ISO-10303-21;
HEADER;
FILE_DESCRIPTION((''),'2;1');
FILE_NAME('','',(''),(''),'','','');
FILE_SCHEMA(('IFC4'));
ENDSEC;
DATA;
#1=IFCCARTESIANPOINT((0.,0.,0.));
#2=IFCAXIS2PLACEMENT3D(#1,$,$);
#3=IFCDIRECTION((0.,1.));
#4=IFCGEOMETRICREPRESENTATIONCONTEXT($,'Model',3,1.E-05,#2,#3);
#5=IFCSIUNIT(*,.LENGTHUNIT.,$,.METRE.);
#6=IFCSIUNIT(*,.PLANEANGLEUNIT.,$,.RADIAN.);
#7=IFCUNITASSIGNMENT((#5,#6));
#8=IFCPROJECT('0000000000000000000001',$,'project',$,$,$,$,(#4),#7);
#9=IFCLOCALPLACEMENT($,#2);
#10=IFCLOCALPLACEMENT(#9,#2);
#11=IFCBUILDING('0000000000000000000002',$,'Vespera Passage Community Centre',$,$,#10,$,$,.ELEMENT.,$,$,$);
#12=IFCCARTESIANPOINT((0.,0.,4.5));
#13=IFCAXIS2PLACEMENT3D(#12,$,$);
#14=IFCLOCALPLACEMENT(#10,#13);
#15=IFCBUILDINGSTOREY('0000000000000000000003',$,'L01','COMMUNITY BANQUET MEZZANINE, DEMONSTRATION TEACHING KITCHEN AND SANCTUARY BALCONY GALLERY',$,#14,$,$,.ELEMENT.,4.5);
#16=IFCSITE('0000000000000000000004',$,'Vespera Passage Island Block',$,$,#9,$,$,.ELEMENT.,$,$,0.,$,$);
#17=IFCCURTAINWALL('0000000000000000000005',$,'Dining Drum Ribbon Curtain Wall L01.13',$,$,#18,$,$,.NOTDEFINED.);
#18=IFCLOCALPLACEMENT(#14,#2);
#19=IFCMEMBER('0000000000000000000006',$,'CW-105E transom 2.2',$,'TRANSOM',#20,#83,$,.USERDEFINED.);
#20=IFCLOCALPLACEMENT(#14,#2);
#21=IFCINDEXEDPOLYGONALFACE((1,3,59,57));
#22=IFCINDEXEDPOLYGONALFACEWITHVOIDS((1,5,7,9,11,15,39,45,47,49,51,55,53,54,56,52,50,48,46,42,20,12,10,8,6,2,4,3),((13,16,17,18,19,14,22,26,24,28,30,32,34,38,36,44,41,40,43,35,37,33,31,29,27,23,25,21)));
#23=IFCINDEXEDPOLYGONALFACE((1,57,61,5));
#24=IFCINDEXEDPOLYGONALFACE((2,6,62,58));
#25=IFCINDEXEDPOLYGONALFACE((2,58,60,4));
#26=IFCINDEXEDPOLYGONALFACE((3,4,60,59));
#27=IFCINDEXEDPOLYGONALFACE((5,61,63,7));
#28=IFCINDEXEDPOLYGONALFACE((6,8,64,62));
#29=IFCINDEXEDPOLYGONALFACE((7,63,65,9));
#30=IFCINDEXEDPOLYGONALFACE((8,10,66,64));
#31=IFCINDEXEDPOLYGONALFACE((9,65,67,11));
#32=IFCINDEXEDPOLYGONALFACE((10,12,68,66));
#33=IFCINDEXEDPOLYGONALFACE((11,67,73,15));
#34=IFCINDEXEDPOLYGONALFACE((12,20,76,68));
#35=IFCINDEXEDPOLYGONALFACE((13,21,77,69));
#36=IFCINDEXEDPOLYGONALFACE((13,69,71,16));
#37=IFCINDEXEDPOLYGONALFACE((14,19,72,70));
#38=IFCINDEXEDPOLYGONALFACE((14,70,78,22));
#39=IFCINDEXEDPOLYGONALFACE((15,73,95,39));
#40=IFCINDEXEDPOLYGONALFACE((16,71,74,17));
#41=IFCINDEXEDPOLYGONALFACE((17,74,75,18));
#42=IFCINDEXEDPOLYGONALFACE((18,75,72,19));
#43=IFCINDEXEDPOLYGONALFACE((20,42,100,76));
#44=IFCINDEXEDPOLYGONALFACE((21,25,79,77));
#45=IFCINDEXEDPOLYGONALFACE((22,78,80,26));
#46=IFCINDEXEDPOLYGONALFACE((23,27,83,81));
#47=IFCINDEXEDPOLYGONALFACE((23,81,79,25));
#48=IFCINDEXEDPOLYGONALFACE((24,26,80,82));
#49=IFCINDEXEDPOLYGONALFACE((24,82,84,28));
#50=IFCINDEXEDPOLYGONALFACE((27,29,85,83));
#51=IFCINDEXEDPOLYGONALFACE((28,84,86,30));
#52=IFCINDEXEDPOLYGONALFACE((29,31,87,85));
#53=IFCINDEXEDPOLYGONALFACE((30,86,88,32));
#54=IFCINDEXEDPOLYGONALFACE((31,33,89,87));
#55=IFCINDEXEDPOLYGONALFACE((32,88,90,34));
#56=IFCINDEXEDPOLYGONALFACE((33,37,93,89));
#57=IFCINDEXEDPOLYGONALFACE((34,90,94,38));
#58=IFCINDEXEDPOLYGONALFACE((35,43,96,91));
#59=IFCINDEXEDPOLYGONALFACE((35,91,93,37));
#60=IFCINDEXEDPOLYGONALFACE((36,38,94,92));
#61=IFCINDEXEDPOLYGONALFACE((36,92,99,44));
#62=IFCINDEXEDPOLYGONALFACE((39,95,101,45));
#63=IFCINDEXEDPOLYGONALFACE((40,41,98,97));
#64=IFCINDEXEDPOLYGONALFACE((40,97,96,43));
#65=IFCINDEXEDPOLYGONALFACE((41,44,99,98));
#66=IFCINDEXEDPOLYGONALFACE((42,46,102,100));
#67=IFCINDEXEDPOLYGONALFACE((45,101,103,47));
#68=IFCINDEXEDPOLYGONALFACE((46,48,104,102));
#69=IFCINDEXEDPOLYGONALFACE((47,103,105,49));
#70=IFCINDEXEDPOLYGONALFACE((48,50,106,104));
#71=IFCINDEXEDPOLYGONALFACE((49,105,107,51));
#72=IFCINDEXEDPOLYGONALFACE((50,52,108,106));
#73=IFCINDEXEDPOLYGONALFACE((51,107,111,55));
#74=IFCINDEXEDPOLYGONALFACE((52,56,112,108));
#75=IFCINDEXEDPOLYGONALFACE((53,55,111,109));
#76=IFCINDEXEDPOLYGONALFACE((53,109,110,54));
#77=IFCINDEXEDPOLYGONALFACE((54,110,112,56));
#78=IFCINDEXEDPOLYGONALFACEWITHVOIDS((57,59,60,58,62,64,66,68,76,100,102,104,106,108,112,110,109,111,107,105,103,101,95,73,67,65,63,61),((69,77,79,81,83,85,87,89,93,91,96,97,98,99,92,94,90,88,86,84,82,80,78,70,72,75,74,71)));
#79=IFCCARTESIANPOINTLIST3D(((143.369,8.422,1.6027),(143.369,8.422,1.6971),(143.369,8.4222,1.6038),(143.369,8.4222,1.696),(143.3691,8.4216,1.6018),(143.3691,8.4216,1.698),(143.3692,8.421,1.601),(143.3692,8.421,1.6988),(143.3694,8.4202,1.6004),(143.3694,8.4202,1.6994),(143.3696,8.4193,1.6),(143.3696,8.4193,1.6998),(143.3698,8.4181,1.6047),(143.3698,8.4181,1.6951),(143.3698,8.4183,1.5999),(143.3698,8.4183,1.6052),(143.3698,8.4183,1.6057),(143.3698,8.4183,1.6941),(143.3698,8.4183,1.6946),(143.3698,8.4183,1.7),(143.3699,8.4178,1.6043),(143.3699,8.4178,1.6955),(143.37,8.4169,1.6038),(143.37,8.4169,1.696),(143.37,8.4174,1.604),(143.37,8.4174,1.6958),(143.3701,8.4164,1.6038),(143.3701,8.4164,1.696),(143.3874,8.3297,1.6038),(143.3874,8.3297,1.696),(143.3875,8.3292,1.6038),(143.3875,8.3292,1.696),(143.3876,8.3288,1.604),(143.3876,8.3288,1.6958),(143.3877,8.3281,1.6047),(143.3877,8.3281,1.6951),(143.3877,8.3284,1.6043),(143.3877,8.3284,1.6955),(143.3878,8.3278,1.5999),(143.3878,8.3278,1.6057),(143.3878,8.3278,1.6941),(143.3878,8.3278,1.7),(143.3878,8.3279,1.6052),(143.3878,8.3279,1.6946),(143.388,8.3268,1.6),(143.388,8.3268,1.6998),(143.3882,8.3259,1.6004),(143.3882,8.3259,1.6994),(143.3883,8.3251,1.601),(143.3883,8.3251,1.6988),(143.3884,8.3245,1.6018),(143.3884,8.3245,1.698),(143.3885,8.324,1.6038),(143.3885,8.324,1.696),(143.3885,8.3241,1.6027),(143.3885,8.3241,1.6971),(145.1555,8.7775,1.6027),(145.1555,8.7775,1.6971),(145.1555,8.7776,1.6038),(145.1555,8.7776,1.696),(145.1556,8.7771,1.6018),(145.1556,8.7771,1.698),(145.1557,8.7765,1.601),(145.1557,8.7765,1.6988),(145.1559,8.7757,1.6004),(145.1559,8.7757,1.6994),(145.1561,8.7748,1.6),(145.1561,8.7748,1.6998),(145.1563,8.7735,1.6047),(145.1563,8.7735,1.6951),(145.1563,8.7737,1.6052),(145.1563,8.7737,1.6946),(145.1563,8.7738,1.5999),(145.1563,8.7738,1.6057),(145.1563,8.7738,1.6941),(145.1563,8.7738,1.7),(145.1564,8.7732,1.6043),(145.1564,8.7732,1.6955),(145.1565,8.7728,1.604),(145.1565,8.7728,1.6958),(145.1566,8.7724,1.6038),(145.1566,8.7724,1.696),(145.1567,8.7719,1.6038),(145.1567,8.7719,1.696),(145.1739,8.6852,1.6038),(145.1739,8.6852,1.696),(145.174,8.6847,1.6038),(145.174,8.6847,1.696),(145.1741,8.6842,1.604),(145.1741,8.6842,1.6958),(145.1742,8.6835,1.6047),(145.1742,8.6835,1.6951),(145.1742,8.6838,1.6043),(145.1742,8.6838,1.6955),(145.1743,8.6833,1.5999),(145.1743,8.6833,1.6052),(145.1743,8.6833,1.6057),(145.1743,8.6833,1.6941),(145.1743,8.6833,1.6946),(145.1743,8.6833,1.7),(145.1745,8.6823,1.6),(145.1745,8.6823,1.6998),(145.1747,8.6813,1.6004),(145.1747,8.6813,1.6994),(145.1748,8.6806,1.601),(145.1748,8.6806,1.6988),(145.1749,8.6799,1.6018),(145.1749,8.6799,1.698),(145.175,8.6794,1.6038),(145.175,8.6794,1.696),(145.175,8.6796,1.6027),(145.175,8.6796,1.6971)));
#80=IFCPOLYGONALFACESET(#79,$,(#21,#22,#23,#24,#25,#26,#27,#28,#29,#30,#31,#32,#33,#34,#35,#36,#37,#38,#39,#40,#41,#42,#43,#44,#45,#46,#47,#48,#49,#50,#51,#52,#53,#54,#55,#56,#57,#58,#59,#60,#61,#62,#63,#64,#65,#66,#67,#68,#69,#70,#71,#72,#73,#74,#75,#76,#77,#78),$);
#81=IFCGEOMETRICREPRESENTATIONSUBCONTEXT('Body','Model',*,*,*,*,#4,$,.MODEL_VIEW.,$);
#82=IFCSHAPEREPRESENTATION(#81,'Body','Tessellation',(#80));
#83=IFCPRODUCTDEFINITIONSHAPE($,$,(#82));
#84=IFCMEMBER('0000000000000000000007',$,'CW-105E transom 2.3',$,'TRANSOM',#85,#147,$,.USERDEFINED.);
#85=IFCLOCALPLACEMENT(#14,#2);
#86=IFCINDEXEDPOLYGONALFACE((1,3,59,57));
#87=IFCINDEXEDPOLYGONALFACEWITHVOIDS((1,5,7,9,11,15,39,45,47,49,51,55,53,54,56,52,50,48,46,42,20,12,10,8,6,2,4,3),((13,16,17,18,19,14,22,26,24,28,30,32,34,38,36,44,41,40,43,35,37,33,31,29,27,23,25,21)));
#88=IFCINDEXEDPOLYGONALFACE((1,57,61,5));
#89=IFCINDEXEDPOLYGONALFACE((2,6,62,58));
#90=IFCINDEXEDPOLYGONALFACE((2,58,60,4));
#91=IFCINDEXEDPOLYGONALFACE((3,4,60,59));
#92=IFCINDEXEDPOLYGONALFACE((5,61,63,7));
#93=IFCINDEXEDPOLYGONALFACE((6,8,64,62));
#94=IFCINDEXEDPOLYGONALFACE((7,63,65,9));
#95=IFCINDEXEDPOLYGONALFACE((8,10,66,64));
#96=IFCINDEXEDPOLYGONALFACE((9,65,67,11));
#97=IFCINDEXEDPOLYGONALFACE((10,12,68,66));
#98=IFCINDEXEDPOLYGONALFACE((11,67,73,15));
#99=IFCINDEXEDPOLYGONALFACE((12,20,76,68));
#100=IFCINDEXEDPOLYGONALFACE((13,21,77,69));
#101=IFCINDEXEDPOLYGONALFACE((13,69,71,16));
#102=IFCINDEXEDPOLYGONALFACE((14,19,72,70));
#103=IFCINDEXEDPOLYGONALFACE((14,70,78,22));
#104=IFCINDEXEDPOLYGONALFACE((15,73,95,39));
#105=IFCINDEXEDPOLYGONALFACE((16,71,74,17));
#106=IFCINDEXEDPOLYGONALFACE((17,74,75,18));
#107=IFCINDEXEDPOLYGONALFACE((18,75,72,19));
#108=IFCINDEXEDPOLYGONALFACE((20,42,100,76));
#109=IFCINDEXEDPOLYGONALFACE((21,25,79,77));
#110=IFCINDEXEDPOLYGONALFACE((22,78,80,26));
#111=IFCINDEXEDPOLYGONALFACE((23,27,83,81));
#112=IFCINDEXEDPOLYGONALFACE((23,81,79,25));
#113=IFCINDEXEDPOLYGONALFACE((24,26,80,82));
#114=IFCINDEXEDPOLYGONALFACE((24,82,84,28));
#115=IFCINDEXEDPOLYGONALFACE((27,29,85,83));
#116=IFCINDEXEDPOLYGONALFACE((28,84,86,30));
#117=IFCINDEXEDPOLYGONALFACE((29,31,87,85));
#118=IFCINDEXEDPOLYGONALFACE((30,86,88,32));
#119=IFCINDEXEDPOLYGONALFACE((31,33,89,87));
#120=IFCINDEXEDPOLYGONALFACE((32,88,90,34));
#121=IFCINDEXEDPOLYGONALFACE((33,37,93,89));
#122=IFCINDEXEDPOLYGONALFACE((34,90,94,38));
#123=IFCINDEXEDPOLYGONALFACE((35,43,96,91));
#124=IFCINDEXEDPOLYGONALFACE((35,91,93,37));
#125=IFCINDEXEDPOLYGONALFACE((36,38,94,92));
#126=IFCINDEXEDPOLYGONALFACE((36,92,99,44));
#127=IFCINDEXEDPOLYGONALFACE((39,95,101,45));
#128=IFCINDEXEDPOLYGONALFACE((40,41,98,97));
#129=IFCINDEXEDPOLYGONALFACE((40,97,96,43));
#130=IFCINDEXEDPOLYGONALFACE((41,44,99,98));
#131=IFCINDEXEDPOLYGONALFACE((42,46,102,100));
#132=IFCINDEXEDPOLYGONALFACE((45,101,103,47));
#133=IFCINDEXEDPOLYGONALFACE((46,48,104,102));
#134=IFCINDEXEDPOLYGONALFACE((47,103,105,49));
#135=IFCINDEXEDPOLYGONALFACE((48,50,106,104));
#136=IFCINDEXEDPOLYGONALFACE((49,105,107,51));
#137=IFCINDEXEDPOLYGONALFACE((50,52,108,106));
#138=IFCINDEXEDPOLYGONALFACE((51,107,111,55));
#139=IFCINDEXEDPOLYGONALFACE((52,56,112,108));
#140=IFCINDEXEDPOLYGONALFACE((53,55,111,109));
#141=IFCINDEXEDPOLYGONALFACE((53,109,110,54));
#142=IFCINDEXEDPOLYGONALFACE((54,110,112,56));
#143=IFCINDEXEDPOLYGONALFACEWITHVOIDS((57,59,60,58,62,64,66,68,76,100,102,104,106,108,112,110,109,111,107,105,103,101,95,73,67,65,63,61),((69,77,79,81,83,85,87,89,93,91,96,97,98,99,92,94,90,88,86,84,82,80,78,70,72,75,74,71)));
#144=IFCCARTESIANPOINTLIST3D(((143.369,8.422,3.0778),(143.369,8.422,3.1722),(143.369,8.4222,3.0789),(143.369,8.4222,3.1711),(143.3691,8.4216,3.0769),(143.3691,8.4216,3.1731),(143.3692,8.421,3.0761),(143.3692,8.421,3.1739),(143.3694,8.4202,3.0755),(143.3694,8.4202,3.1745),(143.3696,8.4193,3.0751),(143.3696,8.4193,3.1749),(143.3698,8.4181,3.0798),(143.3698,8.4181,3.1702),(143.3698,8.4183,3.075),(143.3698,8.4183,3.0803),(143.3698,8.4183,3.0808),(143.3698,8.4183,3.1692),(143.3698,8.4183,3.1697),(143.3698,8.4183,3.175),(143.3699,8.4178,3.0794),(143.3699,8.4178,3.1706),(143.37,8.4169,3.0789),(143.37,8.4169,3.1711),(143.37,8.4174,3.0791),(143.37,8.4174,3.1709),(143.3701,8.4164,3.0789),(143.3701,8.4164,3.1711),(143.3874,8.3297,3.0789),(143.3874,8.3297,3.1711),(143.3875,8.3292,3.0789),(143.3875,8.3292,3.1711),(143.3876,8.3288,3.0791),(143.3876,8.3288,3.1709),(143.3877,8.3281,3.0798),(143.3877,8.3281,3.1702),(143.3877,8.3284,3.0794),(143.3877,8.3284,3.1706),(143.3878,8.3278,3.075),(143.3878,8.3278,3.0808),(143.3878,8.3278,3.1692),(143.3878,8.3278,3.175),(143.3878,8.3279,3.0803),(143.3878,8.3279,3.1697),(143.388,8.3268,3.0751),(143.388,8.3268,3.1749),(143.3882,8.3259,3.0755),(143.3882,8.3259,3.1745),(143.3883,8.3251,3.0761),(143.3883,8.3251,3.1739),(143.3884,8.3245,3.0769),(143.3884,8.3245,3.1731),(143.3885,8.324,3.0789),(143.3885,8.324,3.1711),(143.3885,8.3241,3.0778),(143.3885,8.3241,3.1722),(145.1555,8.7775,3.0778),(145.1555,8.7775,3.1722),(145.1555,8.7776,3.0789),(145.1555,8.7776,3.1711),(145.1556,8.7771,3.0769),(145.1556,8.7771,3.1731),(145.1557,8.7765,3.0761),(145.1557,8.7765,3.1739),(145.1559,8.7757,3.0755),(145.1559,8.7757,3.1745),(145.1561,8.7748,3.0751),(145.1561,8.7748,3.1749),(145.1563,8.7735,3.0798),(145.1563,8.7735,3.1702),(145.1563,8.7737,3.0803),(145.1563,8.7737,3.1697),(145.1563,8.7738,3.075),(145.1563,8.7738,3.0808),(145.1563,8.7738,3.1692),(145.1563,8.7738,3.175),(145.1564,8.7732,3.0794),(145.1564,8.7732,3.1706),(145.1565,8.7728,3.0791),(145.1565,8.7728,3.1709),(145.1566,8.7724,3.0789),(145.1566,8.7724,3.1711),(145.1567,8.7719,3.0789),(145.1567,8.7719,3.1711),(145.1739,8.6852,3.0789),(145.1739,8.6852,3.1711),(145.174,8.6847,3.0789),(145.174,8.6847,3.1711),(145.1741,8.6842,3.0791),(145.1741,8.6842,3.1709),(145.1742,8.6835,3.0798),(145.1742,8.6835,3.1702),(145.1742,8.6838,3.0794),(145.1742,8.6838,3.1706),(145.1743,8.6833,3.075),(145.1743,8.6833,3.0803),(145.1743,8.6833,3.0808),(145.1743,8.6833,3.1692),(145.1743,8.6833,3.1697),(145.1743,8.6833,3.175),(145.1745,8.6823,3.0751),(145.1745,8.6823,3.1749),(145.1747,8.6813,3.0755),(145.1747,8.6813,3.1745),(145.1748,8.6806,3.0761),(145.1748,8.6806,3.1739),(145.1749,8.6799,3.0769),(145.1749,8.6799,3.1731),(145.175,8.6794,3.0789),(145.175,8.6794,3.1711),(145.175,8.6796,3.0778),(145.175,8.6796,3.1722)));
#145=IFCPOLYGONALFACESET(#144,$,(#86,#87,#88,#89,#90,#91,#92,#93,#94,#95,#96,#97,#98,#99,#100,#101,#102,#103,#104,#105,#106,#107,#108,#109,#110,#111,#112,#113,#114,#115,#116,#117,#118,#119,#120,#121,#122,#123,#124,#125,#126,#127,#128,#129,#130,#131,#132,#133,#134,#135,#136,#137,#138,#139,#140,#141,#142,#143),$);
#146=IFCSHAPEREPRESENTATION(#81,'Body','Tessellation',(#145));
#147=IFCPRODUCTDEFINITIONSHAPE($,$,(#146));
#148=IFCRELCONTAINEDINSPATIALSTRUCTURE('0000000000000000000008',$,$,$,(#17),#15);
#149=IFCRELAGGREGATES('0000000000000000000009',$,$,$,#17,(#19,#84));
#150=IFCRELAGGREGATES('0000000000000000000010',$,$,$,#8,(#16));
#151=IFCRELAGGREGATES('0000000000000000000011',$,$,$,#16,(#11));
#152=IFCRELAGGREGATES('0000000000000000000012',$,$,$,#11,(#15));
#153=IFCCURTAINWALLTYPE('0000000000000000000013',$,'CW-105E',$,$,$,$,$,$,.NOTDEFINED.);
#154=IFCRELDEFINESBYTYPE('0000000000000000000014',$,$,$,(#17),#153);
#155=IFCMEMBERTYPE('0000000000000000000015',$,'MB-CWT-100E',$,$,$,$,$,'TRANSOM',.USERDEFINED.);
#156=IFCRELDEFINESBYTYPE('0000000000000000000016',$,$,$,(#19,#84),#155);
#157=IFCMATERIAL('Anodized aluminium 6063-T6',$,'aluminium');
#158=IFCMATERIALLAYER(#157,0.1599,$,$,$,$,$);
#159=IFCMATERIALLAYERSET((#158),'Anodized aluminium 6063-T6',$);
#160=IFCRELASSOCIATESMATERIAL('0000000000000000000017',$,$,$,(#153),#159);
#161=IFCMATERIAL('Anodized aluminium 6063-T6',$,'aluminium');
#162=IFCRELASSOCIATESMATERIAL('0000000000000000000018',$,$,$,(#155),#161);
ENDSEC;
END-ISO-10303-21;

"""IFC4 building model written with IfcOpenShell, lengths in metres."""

from ifc_helpers import new_model, si_unit, direction, frame, origin, origin_2d, place, context, subcontext, project, spatial, hollow_rectangle, extrude, material, layer, layer_set, material_profile, profile_set, type_object, element, aggregate, save


model = new_model("IFC4")

# Units and contexts
model_context = context("Model", 3, precision=1e-05, world=origin(), true_north=direction((0.0, 1.0)))
body_context = subcontext(model_context, "Body", "Model", "MODEL_VIEW")
ifc_project = project(units=[si_unit("LENGTHUNIT", "METRE"), si_unit("PLANEANGLEUNIT", "RADIAN")], contexts=[model_context])

# Site, building, storey
site_placement = place(None, origin())
site = spatial("IfcSite", under=ifc_project, at=site_placement, Name="Vespera Passage Island Block", CompositionType="ELEMENT", RefElevation=0.0)
building_placement = place(site_placement, origin())
building = spatial("IfcBuilding", under=site, at=building_placement, Name="Vespera Passage Community Centre", CompositionType="ELEMENT")
storey_placement = place(building_placement, frame((0.0, 0.0, 4.5)))
storey = spatial("IfcBuildingStorey", under=building, at=storey_placement, Name="L01", Description="COMMUNITY BANQUET MEZZANINE, DEMONSTRATION TEACHING KITCHEN AND SANCTUARY BALCONY GALLERY", CompositionType="ELEMENT", Elevation=4.5)

# Curtain wall, members
ifc_material_1 = material(Name="Anodized aluminium 6063-T6", Category="aluminium")
ifc_layer_1 = layer(ifc_material_1, 0.1599)
ifc_layer_set_1 = layer_set([ifc_layer_1], Name="Anodized aluminium 6063-T6")
curtain_wall_type = type_object("IfcCurtainWallType", Name="CW-105E", PredefinedType="NOTDEFINED", material=ifc_layer_set_1)
curtain_wall_placement = place(storey_placement, origin())
curtain_wall = element("IfcCurtainWall", 1, at=curtain_wall_placement, inside=storey, type_object=curtain_wall_type, Name="Dining Drum Ribbon Curtain Wall L01.13", PredefinedType="NOTDEFINED")
ifc_material_2 = material(Name="Anodized aluminium 6063-T6", Category="aluminium")
ifc_material_profile_1 = material_profile(ifc_material_2, hollow_rectangle(XDim=0.1001, YDim=0.1001, WallThickness=0.0039, InnerFilletRadius=0.002, OuterFilletRadius=0.0039, at=origin_2d()), Name="ALU100X100X4")
ifc_profile_set_1 = profile_set([ifc_material_profile_1], Name="Anodized aluminium 6063-T6")
member_type_1 = type_object("IfcMemberType", Name="MB-CWT-100E", ElementType="TRANSOM", PredefinedType="USERDEFINED", material=ifc_profile_set_1)
member_1_placement = place(storey_placement, frame((145.1653, 8.7285, 1.6499), z_axis=(-0.980776, -0.195137, 0.0), x_axis=(0.195137, -0.980776, 0.0)))
member_1 = element("IfcMember", 2, at=member_1_placement, type_object=member_type_1, Name="CW-105E transom 2.2", ObjectType="TRANSOM", PredefinedType="USERDEFINED", context=body_context, shape_type="SweptSolid", body=[
    extrude(hollow_rectangle(XDim=0.1001, YDim=0.1001, WallThickness=0.0039, InnerFilletRadius=0.002, OuterFilletRadius=0.0039, at=origin_2d()), origin(), (0.0, 0.0, 1.0), 1.8215),
])
member_2_placement = place(storey_placement, frame((145.1653, 8.7285, 3.125), z_axis=(-0.980776, -0.195137, 0.0), x_axis=(0.195137, -0.980776, 0.0)))
member_2 = element("IfcMember", 3, at=member_2_placement, type_object=member_type_1, Name="CW-105E transom 2.3", ObjectType="TRANSOM", PredefinedType="USERDEFINED", context=body_context, shape_type="SweptSolid", body=[
    extrude(hollow_rectangle(XDim=0.1001, YDim=0.1001, WallThickness=0.0039, InnerFilletRadius=0.002, OuterFilletRadius=0.0039, at=origin_2d()), origin(), (0.0, 0.0, 1.0), 1.8215),
])
aggregate(curtain_wall, [member_1, member_2])

save(model, "model.ifc")
